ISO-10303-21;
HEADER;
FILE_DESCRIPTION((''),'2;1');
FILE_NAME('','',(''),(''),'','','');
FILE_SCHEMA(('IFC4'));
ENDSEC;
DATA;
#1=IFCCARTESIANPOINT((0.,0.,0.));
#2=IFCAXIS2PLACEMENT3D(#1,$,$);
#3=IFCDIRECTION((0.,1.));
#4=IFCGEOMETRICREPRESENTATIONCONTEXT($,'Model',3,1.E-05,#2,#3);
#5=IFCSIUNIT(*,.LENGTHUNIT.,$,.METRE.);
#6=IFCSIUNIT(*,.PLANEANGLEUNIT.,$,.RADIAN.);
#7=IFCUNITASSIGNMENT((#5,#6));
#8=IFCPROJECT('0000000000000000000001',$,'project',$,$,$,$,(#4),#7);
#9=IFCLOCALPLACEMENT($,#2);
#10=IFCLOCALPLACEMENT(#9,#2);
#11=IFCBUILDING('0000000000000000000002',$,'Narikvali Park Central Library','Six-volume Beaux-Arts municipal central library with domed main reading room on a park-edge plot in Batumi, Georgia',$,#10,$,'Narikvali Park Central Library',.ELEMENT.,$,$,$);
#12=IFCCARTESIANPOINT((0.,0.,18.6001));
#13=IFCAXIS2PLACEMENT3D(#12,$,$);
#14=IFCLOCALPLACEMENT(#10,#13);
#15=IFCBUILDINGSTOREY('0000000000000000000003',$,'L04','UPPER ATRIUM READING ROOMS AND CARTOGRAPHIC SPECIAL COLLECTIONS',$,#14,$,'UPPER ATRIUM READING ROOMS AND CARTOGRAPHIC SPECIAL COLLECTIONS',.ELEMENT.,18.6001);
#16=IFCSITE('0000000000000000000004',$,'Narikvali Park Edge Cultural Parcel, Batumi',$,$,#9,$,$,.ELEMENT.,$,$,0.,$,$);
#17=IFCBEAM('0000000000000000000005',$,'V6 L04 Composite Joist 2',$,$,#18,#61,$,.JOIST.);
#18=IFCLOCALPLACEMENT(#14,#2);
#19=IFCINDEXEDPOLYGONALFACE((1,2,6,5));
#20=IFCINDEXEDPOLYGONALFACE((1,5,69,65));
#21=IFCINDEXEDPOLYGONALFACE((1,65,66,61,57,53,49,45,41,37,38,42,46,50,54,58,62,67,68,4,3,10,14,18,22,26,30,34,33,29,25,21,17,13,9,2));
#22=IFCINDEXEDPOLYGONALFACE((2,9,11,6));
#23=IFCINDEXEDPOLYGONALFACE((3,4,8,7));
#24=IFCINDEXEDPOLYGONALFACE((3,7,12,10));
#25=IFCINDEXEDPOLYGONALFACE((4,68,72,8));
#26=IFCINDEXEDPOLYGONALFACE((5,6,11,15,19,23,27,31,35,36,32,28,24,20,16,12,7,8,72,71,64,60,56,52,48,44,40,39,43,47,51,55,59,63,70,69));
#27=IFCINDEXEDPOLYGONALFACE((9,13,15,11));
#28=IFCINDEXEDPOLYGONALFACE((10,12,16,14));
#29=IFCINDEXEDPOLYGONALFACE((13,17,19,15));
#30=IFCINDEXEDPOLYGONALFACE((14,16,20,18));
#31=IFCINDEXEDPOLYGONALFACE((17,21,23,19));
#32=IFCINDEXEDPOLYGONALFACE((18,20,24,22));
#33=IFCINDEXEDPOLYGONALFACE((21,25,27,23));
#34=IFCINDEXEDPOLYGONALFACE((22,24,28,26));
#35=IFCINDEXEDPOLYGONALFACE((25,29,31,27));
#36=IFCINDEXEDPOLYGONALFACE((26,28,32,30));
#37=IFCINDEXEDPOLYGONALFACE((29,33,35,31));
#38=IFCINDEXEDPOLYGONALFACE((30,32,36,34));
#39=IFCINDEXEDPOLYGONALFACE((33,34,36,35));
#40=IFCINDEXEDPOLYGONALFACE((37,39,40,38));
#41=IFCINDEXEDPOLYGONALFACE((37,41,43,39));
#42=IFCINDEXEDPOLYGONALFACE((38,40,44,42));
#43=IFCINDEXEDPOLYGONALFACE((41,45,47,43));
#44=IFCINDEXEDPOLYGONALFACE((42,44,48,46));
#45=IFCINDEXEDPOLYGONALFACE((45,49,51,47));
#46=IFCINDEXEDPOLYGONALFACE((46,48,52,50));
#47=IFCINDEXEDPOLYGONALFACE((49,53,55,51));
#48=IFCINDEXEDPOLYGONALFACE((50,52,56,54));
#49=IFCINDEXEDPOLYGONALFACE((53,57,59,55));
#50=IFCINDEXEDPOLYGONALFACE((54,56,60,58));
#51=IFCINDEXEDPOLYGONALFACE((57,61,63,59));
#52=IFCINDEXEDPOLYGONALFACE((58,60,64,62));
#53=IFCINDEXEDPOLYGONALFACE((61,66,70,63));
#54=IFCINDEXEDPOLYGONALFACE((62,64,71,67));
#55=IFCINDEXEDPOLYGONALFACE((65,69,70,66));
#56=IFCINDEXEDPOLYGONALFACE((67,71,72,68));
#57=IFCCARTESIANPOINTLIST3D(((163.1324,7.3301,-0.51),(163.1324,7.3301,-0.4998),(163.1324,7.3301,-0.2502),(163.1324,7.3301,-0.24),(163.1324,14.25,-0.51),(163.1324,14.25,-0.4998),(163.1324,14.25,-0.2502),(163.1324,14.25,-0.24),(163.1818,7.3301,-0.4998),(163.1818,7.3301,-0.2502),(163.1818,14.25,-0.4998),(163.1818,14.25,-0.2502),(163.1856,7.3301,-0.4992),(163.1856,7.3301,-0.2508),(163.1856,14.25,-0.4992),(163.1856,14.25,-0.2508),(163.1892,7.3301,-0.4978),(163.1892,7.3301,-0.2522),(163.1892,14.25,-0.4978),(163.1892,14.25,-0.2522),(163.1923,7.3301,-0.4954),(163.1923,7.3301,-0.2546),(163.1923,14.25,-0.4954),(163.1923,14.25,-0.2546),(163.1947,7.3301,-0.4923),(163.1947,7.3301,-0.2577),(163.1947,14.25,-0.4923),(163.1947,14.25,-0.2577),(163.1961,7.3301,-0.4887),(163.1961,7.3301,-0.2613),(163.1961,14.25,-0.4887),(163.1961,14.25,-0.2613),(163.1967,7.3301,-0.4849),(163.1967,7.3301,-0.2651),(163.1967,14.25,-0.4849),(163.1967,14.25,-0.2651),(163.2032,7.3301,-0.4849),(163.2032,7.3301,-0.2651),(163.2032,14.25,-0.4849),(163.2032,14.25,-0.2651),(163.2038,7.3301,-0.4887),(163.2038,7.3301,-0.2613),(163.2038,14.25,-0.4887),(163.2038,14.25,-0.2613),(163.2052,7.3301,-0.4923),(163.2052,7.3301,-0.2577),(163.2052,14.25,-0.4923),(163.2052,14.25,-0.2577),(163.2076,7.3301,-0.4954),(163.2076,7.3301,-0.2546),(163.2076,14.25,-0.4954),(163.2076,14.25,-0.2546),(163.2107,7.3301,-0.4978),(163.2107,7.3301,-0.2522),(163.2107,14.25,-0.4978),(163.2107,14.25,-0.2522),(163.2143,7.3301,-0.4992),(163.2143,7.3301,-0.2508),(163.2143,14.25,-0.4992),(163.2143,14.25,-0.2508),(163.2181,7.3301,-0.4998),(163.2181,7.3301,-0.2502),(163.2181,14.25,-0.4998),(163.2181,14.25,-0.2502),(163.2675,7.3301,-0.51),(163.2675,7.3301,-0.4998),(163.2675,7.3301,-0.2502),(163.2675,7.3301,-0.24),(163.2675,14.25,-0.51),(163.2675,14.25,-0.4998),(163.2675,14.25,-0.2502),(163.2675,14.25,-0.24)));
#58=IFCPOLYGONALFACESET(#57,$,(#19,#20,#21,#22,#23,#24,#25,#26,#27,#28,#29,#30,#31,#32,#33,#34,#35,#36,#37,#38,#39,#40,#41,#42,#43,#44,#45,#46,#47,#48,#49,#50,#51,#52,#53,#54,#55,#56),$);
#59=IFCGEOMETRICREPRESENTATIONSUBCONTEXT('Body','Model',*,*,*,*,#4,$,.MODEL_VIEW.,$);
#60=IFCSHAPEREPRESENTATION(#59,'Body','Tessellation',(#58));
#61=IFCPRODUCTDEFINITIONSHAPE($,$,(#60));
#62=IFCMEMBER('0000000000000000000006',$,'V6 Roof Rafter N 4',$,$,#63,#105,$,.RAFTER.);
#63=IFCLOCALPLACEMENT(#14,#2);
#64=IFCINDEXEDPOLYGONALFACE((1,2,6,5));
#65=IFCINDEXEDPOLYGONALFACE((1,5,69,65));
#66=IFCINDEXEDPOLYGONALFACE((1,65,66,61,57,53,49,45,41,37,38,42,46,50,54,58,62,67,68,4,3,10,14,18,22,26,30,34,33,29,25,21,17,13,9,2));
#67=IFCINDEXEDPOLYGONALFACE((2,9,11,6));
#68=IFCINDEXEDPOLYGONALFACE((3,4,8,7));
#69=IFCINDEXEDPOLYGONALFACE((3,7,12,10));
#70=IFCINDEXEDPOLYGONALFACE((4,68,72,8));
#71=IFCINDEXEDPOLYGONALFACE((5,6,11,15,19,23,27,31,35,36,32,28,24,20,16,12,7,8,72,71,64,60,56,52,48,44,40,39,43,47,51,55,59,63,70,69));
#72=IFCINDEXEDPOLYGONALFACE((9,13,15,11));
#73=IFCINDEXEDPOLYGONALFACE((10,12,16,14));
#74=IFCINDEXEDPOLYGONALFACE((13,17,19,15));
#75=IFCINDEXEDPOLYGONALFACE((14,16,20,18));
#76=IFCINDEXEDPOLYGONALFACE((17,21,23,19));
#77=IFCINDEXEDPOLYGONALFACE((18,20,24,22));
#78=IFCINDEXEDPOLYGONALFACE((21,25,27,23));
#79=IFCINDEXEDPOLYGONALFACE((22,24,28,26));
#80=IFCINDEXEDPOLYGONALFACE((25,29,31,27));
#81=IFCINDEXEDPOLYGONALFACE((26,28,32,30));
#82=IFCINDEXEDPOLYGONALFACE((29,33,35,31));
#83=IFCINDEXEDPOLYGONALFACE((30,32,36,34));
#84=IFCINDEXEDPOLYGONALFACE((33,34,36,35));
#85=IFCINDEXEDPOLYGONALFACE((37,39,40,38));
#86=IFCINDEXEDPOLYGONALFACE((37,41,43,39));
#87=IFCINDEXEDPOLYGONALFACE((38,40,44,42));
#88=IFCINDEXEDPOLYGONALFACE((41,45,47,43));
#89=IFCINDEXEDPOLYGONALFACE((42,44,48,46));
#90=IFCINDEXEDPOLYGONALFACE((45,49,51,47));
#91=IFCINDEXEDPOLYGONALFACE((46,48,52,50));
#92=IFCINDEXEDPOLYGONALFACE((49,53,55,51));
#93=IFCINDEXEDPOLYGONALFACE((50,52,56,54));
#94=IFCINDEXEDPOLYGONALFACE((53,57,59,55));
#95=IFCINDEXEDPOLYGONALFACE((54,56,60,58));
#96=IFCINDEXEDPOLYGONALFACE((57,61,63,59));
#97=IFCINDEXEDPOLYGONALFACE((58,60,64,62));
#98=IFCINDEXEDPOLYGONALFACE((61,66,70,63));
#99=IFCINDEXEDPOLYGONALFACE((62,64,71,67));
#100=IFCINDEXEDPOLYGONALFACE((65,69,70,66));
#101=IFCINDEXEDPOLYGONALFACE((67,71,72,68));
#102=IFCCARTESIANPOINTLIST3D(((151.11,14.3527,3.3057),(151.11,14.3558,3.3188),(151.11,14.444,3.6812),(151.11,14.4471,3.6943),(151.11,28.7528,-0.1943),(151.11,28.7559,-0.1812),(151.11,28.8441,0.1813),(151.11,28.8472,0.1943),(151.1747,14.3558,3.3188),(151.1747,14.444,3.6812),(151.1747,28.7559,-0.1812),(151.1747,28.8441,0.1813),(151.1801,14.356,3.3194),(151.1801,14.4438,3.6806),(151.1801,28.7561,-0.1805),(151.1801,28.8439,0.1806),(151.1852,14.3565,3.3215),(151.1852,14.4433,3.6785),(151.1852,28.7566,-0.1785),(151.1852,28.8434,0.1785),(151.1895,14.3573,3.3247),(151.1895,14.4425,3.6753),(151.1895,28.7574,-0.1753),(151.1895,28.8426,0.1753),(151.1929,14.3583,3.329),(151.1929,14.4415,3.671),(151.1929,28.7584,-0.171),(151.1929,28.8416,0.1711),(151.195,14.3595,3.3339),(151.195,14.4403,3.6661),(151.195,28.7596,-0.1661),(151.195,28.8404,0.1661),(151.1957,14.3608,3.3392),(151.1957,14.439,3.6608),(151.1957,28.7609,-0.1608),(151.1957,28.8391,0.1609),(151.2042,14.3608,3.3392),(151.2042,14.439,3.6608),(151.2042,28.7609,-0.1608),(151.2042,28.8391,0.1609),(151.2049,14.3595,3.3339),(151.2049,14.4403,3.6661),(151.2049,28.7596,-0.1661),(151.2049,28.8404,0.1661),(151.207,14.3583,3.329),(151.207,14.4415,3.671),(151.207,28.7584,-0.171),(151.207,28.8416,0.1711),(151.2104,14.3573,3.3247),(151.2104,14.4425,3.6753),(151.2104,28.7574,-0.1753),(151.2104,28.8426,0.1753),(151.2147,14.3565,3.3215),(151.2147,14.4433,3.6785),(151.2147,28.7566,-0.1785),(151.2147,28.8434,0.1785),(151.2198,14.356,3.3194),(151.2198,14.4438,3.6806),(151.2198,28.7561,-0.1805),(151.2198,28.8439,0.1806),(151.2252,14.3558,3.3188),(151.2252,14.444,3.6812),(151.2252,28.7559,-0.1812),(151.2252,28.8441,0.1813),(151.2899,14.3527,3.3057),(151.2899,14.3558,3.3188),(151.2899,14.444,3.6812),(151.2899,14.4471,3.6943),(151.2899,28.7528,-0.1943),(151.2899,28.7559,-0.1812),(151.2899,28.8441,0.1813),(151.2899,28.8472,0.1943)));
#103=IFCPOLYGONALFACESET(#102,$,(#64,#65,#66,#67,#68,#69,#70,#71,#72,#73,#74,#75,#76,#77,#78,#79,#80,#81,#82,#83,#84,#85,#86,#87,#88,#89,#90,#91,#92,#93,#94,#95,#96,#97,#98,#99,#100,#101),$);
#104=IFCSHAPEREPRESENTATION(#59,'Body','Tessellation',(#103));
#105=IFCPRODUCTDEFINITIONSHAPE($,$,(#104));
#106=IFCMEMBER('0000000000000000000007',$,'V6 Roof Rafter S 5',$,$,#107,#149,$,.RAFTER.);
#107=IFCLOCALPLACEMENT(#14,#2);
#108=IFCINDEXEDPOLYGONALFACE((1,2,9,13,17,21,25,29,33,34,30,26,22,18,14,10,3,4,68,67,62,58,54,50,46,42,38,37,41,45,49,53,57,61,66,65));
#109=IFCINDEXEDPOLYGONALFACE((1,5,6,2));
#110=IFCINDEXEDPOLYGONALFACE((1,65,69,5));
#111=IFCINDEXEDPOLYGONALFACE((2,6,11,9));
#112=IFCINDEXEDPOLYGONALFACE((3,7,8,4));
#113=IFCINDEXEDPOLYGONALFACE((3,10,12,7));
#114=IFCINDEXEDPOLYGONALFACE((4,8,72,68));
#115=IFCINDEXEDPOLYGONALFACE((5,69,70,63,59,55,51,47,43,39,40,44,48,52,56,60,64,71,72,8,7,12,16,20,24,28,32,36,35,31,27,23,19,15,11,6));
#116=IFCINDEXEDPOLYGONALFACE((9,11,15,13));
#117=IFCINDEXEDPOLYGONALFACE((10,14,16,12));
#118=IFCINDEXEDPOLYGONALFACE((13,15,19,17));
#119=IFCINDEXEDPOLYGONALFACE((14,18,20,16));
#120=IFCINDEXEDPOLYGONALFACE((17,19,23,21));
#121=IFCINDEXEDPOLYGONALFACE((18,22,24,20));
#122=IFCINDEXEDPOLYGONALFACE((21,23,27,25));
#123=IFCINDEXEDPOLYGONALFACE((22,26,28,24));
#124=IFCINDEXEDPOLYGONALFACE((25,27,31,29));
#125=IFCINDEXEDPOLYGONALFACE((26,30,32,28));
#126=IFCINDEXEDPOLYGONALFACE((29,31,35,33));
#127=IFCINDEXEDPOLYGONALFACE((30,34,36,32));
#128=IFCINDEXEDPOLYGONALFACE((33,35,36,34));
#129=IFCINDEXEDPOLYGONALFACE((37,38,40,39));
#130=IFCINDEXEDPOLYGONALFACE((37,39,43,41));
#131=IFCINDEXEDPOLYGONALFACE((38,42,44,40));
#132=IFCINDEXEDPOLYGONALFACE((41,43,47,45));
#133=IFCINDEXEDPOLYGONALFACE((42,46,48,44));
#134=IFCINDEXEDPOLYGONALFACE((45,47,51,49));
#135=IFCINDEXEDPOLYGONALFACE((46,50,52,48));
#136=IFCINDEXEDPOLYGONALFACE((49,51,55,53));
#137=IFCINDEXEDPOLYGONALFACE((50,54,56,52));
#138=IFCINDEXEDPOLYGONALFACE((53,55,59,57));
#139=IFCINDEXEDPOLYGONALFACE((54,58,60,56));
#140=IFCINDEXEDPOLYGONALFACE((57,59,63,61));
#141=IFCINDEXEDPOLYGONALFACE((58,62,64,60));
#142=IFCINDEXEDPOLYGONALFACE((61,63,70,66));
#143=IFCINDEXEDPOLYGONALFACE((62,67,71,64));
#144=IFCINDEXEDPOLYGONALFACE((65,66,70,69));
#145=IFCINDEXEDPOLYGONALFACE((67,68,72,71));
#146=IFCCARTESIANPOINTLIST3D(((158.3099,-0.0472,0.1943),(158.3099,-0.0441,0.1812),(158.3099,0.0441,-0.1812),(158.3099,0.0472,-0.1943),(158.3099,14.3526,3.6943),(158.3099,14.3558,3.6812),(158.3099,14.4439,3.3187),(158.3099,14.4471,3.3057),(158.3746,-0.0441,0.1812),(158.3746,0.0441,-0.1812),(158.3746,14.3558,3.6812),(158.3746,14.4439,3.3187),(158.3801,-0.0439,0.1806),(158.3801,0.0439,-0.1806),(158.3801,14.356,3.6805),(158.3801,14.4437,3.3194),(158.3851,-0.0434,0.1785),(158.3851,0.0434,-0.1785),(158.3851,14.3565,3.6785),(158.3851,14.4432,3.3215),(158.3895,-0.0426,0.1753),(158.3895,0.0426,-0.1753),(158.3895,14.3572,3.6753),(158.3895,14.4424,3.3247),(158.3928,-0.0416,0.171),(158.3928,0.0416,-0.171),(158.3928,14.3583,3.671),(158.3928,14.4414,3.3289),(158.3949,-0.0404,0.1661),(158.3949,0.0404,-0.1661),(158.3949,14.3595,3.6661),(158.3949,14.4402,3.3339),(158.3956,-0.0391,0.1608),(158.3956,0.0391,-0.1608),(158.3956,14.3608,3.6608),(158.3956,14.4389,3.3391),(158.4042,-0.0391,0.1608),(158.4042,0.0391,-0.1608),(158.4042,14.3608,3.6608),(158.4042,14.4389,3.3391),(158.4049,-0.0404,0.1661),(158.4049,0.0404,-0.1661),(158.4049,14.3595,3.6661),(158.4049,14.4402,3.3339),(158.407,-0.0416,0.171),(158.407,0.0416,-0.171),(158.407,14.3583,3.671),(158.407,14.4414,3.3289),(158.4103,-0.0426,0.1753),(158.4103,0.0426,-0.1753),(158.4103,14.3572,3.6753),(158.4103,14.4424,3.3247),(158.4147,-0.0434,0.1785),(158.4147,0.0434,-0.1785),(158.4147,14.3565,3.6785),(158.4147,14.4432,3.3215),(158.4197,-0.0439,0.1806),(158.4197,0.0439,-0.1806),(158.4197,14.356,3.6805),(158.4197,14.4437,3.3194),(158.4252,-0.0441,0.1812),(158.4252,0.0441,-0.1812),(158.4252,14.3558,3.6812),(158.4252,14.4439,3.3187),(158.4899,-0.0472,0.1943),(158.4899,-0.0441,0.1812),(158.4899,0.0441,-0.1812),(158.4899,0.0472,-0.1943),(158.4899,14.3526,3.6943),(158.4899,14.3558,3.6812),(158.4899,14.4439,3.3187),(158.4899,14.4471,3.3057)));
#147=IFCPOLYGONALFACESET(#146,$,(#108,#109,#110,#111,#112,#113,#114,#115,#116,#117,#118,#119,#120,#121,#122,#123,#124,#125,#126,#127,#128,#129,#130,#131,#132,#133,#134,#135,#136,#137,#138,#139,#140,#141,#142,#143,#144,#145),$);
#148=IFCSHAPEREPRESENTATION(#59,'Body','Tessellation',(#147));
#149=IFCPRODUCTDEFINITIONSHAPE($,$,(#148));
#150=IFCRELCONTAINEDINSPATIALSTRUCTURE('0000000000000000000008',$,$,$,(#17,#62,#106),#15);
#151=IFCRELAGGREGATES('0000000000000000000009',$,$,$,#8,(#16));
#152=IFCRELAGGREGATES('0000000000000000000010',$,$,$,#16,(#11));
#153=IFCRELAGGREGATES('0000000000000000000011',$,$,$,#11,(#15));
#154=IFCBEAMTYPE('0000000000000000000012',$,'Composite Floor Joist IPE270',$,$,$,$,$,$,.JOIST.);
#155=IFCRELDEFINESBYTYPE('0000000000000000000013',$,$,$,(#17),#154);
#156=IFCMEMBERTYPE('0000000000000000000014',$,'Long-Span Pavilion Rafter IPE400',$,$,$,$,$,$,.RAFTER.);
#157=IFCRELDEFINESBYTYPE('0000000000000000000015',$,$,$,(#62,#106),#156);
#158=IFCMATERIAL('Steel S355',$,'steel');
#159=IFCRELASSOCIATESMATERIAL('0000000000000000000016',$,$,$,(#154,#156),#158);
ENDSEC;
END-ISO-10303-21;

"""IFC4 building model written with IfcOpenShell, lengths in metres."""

from ifc_helpers import new_model, si_unit, direction, frame, origin, origin_2d, place, context, subcontext, project, spatial, i_section, extrude, material, material_profile, profile_set, type_object, element, save


model = new_model("IFC4")

# Units and contexts
model_context = context("Model", 3, precision=1e-05, world=origin(), true_north=direction((0.0, 1.0)))
body_context = subcontext(model_context, "Body", "Model", "MODEL_VIEW")
ifc_project = project(units=[si_unit("LENGTHUNIT", "METRE"), si_unit("PLANEANGLEUNIT", "RADIAN")], contexts=[model_context])

# Site, building, storey
site_placement = place(None, origin())
site = spatial("IfcSite", under=ifc_project, at=site_placement, Name="Narikvali Park Edge Cultural Parcel, Batumi", CompositionType="ELEMENT", RefElevation=0.0)
building_placement = place(site_placement, origin())
building = spatial("IfcBuilding", under=site, at=building_placement, Name="Narikvali Park Central Library", Description="Six-volume Beaux-Arts municipal central library with domed main reading room on a park-edge plot in Batumi, Georgia", LongName="Narikvali Park Central Library", CompositionType="ELEMENT")
storey_placement = place(building_placement, frame((0.0, 0.0, 18.6001)))
storey = spatial("IfcBuildingStorey", under=building, at=storey_placement, Name="L04", Description="UPPER ATRIUM READING ROOMS AND CARTOGRAPHIC SPECIAL COLLECTIONS", LongName="UPPER ATRIUM READING ROOMS AND CARTOGRAPHIC SPECIAL COLLECTIONS", CompositionType="ELEMENT", Elevation=18.6001)

# Shared definitions
ifc_material_1 = material(Name="Steel S355", Category="steel")

# Beam
ifc_material_profile_1 = material_profile(ifc_material_1, i_section(OverallWidth=0.135, OverallDepth=0.27, WebThickness=0.0066, FlangeThickness=0.0103, FilletRadius=0.0149, at=origin_2d()), Name="IPE 270")
ifc_profile_set_1 = profile_set([ifc_material_profile_1], Name="Steel S355")
beam_type_1 = type_object("IfcBeamType", Name="Composite Floor Joist IPE270", PredefinedType="JOIST", material=ifc_profile_set_1)
for number, where, z_axis, x_axis, name in (
    (1, (163.2, 7.3301, -0.375), (0.0, 1.0, 0.0), (-1.0, 0.0, 0.0), "V6 L04 Composite Joist 2"),
):
    element("IfcBeam", number, at=place(storey_placement, frame(where, z_axis=z_axis, x_axis=x_axis)), inside=storey, type_object=beam_type_1, Name=name, PredefinedType="JOIST", context=body_context, shape_type="SweptSolid", body=[
        extrude(i_section(OverallWidth=0.135, OverallDepth=0.27, WebThickness=0.0066, FlangeThickness=0.0103, FilletRadius=0.0149, at=origin_2d()), origin(), (0.0, 0.0, 1.0), 6.9199),
    ])

# Members
ifc_material_profile_2 = material_profile(ifc_material_1, i_section(OverallWidth=0.1799, OverallDepth=0.3999, WebThickness=0.0085, FlangeThickness=0.0134, FilletRadius=0.021, at=origin_2d()), Name="IPE 400")
ifc_profile_set_2 = profile_set([ifc_material_profile_2], Name="Steel S355")
member_type_1 = type_object("IfcMemberType", Name="Long-Span Pavilion Rafter IPE400", PredefinedType="RAFTER", material=ifc_profile_set_2)
member_1_placement = place(storey_placement, frame((151.2, 14.3999, 3.5), z_axis=(0.0, 0.97171, -0.236177), x_axis=(-1.0, 0.0, 0.0)))
element("IfcMember", 2, at=member_1_placement, inside=storey, type_object=member_type_1, Name="V6 Roof Rafter N 4", PredefinedType="RAFTER", context=body_context, shape_type="SweptSolid", body=[
    extrude(i_section(OverallWidth=0.1799, OverallDepth=0.3999, WebThickness=0.0085, FlangeThickness=0.0134, FilletRadius=0.021, at=origin_2d()), origin(), (0.0, 0.0, 1.0), 14.8193),
])
member_2_placement = place(storey_placement, frame((158.3999, 0.0, 0.0), z_axis=(0.0, 0.971709, 0.236181), x_axis=(-1.0, 0.0, 0.0)))
element("IfcMember", 3, at=member_2_placement, inside=storey, type_object=member_type_1, Name="V6 Roof Rafter S 5", PredefinedType="RAFTER", context=body_context, shape_type="SweptSolid", body=[
    extrude(i_section(OverallWidth=0.1799, OverallDepth=0.3999, WebThickness=0.0085, FlangeThickness=0.0134, FilletRadius=0.021, at=origin_2d()), origin(), (0.0, 0.0, 1.0), 14.8191),
])

save(model, "model.ifc")
